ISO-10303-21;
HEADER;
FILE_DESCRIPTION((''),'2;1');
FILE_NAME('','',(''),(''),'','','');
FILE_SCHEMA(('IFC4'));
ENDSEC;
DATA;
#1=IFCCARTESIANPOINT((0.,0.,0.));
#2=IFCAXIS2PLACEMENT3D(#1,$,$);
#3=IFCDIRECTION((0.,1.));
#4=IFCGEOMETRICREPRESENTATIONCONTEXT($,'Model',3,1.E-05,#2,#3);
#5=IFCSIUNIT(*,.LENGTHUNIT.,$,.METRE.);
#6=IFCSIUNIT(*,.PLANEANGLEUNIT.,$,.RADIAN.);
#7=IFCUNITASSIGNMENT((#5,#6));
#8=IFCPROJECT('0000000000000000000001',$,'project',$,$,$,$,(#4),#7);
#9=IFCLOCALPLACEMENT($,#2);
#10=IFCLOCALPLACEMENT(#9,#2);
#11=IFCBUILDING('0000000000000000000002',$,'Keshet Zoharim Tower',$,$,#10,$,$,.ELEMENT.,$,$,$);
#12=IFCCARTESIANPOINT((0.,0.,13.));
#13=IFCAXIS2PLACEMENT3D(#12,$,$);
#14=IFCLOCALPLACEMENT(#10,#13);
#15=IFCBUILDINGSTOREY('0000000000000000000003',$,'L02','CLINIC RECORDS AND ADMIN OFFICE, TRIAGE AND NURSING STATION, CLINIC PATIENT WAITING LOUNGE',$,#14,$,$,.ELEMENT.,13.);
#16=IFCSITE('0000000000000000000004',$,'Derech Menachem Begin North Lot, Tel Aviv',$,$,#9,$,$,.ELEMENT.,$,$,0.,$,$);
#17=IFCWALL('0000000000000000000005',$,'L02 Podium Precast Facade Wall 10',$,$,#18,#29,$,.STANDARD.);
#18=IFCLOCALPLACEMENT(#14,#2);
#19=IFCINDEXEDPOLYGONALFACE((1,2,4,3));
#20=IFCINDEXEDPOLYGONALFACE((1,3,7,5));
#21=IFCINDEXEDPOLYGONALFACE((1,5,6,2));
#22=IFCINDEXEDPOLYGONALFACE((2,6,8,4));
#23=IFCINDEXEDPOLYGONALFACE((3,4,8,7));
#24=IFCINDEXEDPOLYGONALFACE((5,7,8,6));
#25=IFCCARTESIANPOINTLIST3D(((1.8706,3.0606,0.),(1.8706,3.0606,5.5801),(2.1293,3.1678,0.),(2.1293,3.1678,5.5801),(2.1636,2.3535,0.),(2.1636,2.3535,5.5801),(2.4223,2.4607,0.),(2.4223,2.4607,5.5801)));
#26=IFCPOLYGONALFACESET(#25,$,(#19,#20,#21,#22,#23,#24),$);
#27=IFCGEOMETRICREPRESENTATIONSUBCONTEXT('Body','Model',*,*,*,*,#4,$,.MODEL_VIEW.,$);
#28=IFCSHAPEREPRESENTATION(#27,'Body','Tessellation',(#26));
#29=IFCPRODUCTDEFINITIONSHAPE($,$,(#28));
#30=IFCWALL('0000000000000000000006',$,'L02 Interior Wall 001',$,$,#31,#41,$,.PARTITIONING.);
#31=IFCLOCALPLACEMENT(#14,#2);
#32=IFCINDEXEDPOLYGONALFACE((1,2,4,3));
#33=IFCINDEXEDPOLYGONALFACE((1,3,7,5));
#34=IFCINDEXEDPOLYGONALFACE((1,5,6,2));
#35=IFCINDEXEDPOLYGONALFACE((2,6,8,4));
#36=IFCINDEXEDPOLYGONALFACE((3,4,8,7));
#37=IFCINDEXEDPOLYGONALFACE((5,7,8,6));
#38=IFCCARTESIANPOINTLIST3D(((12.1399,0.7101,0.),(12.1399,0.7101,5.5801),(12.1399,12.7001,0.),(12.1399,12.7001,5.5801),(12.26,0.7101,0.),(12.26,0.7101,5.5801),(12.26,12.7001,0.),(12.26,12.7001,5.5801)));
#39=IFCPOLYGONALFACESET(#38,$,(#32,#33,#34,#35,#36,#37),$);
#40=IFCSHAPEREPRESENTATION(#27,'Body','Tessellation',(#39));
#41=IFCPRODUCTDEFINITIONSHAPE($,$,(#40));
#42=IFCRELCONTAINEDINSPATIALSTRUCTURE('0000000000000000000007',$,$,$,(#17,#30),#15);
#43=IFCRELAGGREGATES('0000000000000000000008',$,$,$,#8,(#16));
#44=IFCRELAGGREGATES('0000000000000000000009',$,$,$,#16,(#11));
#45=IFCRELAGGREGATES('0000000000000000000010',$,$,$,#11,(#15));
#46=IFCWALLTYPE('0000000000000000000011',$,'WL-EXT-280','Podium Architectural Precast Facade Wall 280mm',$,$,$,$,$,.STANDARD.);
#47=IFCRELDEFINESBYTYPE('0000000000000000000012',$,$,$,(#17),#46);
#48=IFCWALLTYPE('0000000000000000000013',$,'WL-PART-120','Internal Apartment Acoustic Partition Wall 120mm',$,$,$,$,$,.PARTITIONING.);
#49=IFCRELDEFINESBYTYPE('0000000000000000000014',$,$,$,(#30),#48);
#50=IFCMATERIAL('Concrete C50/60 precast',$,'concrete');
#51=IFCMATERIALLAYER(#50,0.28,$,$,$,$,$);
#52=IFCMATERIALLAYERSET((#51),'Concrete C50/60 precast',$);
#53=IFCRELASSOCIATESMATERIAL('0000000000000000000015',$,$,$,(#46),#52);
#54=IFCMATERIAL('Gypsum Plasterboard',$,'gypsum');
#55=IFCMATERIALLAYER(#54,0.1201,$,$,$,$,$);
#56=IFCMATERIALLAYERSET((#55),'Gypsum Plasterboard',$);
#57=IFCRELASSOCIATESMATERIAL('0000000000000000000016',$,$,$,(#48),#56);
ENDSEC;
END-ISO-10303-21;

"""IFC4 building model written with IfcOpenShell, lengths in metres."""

from ifc_helpers import new_model, si_unit, direction, frame, frame_2d, origin, place, context, subcontext, project, spatial, rectangle, extrude, material, layer, layer_set, type_object, element, save


model = new_model("IFC4")

# Units and contexts
model_context = context("Model", 3, precision=1e-05, world=origin(), true_north=direction((0.0, 1.0)))
body_context = subcontext(model_context, "Body", "Model", "MODEL_VIEW")
ifc_project = project(units=[si_unit("LENGTHUNIT", "METRE"), si_unit("PLANEANGLEUNIT", "RADIAN")], contexts=[model_context])

# Site, building, storey
site_placement = place(None, origin())
site = spatial("IfcSite", under=ifc_project, at=site_placement, Name="Derech Menachem Begin North Lot, Tel Aviv", CompositionType="ELEMENT", RefElevation=0.0)
building_placement = place(site_placement, origin())
building = spatial("IfcBuilding", under=site, at=building_placement, Name="Keshet Zoharim Tower", CompositionType="ELEMENT")
storey_placement = place(building_placement, frame((0.0, 0.0, 13.0)))
storey = spatial("IfcBuildingStorey", under=building, at=storey_placement, Name="L02", Description="CLINIC RECORDS AND ADMIN OFFICE, TRIAGE AND NURSING STATION, CLINIC PATIENT WAITING LOUNGE", CompositionType="ELEMENT", Elevation=13.0)

# Shared definitions
ifc_material_1 = material(Name="Gypsum Plasterboard", Category="gypsum")

# Walls
ifc_material_2 = material(Name="Concrete C50/60 precast", Category="concrete")
ifc_layer_1 = layer(ifc_material_2, 0.28)
ifc_layer_set_1 = layer_set([ifc_layer_1], Name="Concrete C50/60 precast")
wall_type_1 = type_object("IfcWallType", Name="WL-EXT-280", Description="Podium Architectural Precast Facade Wall 280mm", PredefinedType="STANDARD", material=ifc_layer_set_1)
wall_1_placement = place(storey_placement, frame((2.293, 2.407, 0.0), z_axis=(0.0, 0.0, 1.0), x_axis=(-0.382803, 0.92383, 0.0)))
element("IfcWall", 1, at=wall_1_placement, inside=storey, type_object=wall_type_1, Name="L02 Podium Precast Facade Wall 10", PredefinedType="STANDARD", context=body_context, shape_type="SweptSolid", body=[
    extrude(rectangle(XDim=0.7654, YDim=0.28, at=frame_2d((0.3828, 0.0))), origin(), (0.0, 0.0, 1.0), 5.5801),
])
ifc_layer_2 = layer(ifc_material_1, 0.1201)
ifc_layer_set_2 = layer_set([ifc_layer_2], Name="Gypsum Plasterboard")
wall_type_2 = type_object("IfcWallType", Name="WL-PART-120", Description="Internal Apartment Acoustic Partition Wall 120mm", PredefinedType="PARTITIONING", material=ifc_layer_set_2)
wall_2_placement = place(storey_placement, frame((12.2, 0.71, 0.0), z_axis=(0.0, 0.0, 1.0), x_axis=(0.0, 1.0, 0.0)))
element("IfcWall", 2, at=wall_2_placement, inside=storey, type_object=wall_type_2, Name="L02 Interior Wall 001", PredefinedType="PARTITIONING", context=body_context, shape_type="SweptSolid", body=[
    extrude(rectangle(XDim=11.99, YDim=0.1201, at=frame_2d((5.9951, 0.0))), origin(), (0.0, 0.0, 1.0), 5.5801),
])

save(model, "model.ifc")
